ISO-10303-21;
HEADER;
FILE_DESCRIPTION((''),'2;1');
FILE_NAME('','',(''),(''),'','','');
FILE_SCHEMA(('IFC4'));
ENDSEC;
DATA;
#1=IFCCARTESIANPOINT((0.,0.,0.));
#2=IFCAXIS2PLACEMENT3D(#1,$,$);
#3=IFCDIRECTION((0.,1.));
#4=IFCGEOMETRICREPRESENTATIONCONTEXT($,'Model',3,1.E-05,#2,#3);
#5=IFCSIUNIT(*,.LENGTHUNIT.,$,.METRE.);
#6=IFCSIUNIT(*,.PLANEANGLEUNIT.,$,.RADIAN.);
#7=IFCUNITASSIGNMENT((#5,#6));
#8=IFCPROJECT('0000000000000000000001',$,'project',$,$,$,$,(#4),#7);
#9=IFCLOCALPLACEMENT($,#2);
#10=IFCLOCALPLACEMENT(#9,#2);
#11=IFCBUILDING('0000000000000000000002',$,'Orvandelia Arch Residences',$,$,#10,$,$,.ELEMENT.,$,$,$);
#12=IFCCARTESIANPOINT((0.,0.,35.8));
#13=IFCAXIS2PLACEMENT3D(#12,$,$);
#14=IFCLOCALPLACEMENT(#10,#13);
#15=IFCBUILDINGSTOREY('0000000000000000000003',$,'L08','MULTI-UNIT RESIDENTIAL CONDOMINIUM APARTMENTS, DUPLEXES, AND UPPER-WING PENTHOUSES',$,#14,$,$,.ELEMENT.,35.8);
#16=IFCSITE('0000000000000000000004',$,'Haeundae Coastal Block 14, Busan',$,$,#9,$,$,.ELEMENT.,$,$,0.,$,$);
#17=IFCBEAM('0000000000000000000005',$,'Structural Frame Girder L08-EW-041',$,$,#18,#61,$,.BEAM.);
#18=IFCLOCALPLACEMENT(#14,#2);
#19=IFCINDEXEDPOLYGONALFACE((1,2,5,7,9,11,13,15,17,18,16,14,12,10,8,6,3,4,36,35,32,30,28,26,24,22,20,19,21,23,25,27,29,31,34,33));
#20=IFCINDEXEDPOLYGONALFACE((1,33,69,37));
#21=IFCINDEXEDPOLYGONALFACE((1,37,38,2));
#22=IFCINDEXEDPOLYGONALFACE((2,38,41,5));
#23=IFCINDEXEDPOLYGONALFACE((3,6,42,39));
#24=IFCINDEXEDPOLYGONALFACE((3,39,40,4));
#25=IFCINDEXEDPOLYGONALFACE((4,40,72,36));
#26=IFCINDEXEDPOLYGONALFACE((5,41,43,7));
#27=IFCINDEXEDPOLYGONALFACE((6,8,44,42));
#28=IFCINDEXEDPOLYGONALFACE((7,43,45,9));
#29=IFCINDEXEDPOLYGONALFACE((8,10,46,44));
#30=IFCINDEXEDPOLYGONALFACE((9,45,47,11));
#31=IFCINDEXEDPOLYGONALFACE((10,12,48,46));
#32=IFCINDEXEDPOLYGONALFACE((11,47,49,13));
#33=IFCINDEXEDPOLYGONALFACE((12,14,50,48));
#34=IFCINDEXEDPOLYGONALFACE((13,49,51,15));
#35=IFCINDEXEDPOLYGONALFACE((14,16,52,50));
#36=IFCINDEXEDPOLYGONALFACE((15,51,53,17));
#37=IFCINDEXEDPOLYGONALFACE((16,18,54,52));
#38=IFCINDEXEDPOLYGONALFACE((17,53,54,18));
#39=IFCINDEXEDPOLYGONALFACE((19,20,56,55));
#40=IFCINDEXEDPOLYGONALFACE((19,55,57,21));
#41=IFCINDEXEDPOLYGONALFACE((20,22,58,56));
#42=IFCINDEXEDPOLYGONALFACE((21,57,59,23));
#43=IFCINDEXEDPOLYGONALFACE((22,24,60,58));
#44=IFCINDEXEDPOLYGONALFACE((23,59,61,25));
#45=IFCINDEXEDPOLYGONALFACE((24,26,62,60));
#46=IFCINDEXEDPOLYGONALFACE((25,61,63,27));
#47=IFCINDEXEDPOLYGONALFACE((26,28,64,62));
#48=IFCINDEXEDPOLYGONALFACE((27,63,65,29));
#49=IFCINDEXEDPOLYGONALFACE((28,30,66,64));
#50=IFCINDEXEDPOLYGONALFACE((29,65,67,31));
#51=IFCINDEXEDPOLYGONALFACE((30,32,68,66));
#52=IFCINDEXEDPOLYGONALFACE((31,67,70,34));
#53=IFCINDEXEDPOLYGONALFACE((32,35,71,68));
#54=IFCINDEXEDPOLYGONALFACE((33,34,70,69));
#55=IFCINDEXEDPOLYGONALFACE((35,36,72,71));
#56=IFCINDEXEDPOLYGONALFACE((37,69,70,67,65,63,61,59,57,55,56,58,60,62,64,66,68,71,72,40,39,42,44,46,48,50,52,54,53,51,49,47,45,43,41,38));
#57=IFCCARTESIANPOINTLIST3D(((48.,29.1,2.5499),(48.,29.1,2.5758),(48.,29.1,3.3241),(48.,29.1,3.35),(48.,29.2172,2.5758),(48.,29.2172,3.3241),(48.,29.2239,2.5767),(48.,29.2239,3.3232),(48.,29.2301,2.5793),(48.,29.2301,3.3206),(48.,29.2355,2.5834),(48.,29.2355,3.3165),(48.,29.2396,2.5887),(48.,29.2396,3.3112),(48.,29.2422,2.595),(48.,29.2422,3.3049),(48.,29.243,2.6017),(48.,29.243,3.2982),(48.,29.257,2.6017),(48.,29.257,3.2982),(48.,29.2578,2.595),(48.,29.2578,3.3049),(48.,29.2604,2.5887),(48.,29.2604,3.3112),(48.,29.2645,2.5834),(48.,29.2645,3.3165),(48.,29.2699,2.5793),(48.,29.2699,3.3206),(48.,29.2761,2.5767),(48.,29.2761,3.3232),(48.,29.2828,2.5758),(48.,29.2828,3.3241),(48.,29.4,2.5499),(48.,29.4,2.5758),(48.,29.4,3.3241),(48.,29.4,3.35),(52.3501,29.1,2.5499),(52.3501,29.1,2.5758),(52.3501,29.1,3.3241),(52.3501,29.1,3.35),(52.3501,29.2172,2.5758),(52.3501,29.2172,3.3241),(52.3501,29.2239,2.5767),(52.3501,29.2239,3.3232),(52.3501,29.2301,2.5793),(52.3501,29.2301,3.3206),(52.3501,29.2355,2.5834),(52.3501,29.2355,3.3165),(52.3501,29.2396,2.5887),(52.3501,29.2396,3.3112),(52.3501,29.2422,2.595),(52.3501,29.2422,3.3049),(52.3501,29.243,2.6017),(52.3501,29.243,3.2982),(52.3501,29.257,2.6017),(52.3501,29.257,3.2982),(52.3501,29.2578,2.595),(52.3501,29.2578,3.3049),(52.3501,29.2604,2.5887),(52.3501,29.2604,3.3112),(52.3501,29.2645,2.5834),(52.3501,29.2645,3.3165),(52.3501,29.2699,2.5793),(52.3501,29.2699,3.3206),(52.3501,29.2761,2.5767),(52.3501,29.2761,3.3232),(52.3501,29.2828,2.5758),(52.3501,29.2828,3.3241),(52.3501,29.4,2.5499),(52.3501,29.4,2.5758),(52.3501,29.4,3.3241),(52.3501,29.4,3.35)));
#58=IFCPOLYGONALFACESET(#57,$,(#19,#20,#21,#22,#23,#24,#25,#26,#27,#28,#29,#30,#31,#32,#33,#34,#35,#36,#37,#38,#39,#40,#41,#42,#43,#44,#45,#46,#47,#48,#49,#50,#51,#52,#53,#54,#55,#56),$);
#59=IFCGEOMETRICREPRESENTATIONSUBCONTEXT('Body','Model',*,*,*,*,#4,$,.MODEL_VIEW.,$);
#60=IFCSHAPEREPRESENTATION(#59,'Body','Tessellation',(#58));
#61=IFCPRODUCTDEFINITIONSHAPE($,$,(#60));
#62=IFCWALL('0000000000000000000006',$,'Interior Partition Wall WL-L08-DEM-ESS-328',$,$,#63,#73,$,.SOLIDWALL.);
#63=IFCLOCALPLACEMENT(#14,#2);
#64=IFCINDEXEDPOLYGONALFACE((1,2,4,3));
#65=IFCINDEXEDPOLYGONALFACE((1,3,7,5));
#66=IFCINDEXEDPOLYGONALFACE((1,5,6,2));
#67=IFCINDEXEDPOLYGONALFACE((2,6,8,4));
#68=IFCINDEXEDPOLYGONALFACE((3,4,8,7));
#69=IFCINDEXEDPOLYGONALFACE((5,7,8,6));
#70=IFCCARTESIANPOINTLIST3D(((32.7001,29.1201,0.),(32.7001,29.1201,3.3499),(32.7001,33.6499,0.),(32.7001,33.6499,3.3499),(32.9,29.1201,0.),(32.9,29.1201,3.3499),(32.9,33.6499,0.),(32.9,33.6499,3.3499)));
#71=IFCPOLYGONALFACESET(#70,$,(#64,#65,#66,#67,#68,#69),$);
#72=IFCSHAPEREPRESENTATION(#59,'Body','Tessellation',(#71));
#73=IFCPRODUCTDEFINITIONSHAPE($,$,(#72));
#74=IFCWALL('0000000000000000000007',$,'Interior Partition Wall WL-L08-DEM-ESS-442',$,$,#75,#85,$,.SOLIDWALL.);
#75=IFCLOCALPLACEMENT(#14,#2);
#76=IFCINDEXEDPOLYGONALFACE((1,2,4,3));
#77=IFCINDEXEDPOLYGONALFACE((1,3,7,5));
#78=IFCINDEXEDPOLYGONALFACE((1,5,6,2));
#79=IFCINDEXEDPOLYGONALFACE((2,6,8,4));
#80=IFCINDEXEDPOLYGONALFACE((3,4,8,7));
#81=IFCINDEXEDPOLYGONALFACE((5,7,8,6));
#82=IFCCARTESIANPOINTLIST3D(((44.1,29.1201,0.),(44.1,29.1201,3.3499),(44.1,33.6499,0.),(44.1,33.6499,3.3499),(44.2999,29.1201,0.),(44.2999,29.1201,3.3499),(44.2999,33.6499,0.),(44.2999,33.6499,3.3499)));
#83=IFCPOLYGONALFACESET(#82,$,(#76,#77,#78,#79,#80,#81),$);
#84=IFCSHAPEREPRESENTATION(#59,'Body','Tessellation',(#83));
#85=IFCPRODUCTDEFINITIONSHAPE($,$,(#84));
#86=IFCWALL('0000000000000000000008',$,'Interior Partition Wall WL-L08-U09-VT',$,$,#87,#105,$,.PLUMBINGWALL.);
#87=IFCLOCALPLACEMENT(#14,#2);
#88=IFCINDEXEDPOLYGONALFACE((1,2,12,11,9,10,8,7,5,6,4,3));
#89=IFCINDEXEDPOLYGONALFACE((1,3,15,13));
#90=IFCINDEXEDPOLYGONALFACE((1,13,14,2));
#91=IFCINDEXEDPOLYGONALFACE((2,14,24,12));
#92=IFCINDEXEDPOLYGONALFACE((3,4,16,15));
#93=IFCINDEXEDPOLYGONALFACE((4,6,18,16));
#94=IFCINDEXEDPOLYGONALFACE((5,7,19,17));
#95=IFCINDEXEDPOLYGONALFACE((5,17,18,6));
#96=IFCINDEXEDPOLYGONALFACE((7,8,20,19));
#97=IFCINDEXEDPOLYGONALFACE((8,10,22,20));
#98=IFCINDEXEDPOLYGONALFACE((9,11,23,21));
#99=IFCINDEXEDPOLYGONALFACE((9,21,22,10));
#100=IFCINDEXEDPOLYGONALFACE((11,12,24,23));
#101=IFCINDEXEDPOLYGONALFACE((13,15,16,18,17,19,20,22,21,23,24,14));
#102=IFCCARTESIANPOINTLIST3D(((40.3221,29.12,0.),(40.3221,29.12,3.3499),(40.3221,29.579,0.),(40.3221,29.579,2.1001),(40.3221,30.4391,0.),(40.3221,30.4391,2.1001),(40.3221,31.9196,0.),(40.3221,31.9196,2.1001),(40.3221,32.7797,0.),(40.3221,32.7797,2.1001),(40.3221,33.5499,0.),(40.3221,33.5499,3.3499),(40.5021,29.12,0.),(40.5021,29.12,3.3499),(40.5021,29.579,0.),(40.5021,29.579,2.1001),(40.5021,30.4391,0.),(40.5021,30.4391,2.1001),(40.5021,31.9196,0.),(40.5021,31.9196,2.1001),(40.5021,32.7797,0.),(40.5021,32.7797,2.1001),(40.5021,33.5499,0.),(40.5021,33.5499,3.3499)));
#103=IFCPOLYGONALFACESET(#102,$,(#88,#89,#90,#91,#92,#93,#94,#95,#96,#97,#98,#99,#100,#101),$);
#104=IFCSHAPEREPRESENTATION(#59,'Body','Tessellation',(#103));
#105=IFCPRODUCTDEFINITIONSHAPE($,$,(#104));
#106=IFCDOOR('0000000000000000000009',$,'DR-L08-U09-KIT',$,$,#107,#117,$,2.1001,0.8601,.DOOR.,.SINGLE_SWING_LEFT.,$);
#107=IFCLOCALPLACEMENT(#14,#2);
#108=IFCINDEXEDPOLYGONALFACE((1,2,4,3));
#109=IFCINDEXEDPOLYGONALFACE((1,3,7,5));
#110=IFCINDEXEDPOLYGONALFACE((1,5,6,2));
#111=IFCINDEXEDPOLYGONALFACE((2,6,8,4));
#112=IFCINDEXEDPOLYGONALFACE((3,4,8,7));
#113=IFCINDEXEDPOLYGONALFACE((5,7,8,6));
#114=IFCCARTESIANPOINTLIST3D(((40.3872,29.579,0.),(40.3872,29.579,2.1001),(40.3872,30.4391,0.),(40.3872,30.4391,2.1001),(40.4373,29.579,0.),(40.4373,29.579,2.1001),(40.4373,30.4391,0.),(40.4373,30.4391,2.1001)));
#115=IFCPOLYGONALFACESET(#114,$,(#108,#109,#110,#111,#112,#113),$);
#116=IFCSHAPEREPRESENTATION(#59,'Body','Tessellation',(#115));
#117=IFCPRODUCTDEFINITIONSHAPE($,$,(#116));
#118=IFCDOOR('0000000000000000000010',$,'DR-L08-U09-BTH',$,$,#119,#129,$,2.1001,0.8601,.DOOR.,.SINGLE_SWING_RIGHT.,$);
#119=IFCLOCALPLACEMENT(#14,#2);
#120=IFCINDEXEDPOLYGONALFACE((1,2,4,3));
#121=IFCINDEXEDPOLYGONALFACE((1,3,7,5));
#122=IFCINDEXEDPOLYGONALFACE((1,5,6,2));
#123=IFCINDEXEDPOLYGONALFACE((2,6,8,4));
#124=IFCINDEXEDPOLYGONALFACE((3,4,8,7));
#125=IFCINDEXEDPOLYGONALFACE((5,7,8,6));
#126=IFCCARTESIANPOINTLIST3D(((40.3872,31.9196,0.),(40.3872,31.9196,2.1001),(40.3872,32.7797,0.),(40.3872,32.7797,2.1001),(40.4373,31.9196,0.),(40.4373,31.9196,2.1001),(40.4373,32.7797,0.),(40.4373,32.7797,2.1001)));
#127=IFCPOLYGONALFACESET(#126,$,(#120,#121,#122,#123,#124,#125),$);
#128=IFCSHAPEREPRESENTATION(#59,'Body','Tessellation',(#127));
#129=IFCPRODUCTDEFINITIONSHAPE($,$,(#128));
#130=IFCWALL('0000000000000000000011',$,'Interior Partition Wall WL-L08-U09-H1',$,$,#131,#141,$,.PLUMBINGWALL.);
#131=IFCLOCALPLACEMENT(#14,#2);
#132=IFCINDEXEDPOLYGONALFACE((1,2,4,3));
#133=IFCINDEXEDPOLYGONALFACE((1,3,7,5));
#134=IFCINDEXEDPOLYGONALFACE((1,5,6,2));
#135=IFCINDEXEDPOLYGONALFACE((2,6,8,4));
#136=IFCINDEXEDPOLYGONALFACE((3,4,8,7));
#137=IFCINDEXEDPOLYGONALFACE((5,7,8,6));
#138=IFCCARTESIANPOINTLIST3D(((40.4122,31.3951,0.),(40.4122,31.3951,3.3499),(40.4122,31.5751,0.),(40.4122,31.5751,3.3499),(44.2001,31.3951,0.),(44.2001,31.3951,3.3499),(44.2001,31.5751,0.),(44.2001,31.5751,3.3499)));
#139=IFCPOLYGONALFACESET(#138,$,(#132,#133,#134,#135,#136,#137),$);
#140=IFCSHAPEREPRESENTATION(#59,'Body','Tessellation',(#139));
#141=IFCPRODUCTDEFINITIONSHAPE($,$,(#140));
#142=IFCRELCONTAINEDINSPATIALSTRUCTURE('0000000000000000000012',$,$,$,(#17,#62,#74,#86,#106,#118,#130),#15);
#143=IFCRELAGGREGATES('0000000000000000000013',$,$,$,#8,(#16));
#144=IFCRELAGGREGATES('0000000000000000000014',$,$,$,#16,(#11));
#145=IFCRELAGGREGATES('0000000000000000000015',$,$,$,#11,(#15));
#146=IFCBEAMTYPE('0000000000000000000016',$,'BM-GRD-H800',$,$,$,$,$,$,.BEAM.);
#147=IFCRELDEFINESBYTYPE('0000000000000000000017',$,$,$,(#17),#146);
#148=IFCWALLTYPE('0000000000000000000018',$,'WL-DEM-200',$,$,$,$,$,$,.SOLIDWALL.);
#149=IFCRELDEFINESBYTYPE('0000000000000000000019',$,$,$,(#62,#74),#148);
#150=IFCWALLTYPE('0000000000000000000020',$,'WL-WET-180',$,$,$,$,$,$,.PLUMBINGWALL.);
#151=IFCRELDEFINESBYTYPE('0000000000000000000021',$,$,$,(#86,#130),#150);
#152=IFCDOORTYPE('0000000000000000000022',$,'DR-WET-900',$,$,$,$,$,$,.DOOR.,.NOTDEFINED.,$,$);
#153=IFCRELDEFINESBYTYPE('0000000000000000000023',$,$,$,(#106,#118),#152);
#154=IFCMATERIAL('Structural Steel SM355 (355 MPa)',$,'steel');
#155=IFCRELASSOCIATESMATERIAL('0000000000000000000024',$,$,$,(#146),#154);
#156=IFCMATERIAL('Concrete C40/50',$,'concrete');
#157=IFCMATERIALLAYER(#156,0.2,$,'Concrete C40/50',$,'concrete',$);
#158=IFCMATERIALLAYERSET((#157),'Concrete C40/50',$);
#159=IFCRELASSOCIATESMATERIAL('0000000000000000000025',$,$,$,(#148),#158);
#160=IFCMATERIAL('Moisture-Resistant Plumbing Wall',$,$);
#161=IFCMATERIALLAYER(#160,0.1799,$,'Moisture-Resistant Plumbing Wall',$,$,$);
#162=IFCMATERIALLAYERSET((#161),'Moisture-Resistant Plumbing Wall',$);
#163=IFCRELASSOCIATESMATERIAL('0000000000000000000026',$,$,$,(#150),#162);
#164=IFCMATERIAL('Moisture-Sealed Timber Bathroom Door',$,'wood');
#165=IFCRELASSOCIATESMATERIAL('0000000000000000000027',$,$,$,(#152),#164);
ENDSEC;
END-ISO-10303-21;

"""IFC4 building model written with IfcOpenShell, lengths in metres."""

from ifc_helpers import new_model, si_unit, direction, frame, frame_2d, origin, origin_2d, place, context, subcontext, project, spatial, rectangle, i_section, extrude, material, layer, layer_set, material_profile, profile_set, type_object, element, fill, save


model = new_model("IFC4")

# Units and contexts
model_context = context("Model", 3, precision=1e-05, world=origin(), true_north=direction((0.0, 1.0)))
body_context = subcontext(model_context, "Body", "Model", "MODEL_VIEW")
ifc_project = project(units=[si_unit("LENGTHUNIT", "METRE"), si_unit("PLANEANGLEUNIT", "RADIAN")], contexts=[model_context])

# Site, building, storey
site_placement = place(None, origin())
site = spatial("IfcSite", under=ifc_project, at=site_placement, Name="Haeundae Coastal Block 14, Busan", CompositionType="ELEMENT", RefElevation=0.0)
building_placement = place(site_placement, origin())
building = spatial("IfcBuilding", under=site, at=building_placement, Name="Orvandelia Arch Residences", CompositionType="ELEMENT")
storey_placement = place(building_placement, frame((0.0, 0.0, 35.8)))
storey = spatial("IfcBuildingStorey", under=building, at=storey_placement, Name="L08", Description="MULTI-UNIT RESIDENTIAL CONDOMINIUM APARTMENTS, DUPLEXES, AND UPPER-WING PENTHOUSES", CompositionType="ELEMENT", Elevation=35.8)

# Beam
ifc_material_1 = material(Name="Structural Steel SM355 (355 MPa)", Category="steel")
ifc_material_profile_1 = material_profile(ifc_material_1, i_section(OverallWidth=0.3, OverallDepth=0.8, WebThickness=0.0139, FlangeThickness=0.0259, FilletRadius=0.0259, at=origin_2d()), Name="Structural Steel SM355 (355 MPa)", Category="steel")
ifc_profile_set_1 = profile_set([ifc_material_profile_1], Name="Structural Steel SM355 (355 MPa)")
beam_type = type_object("IfcBeamType", Name="BM-GRD-H800", PredefinedType="BEAM", material=ifc_profile_set_1)
beam_1_placement = place(storey_placement, frame((48.0, 29.25, 2.95), z_axis=(1.0, 0.0, 0.0), x_axis=(0.0, 1.0, 0.0)))
element("IfcBeam", 1, at=beam_1_placement, inside=storey, type_object=beam_type, Name="Structural Frame Girder L08-EW-041", PredefinedType="BEAM", context=body_context, shape_type="SweptSolid", body=[
    extrude(i_section(OverallWidth=0.3, OverallDepth=0.8, WebThickness=0.0139, FlangeThickness=0.0259, FilletRadius=0.0259, at=origin_2d()), origin(), (0.0, 0.0, 1.0), 4.3501),
])

# Walls
ifc_material_2 = material(Name="Concrete C40/50", Category="concrete")
ifc_layer_1 = layer(ifc_material_2, 0.2, Name="Concrete C40/50", Category="concrete")
ifc_layer_set_1 = layer_set([ifc_layer_1], Name="Concrete C40/50")
wall_type_1 = type_object("IfcWallType", Name="WL-DEM-200", PredefinedType="SOLIDWALL", material=ifc_layer_set_1)
for number, where, z_axis, x_axis, name in (
    (2, (32.8, 29.1201, 0.0), (0.0, 0.0, 1.0), (0.0, 1.0, 0.0), "Interior Partition Wall WL-L08-DEM-ESS-328"),
    (3, (44.2, 29.1201, 0.0), (0.0, 0.0, 1.0), (0.0, 1.0, 0.0), "Interior Partition Wall WL-L08-DEM-ESS-442"),
):
    element("IfcWall", number, at=place(storey_placement, frame(where, z_axis=z_axis, x_axis=x_axis)), inside=storey, type_object=wall_type_1, Name=name, PredefinedType="SOLIDWALL", context=body_context, shape_type="SweptSolid", body=[
        extrude(rectangle(XDim=4.5298, YDim=0.2, at=frame_2d((2.2649, 0.0))), origin(), (0.0, 0.0, 1.0), 3.3499),
    ])

# Wall, openings, doors
ifc_material_3 = material(Name="Moisture-Resistant Plumbing Wall")
ifc_layer_2 = layer(ifc_material_3, 0.1799, Name="Moisture-Resistant Plumbing Wall")
ifc_layer_set_2 = layer_set([ifc_layer_2], Name="Moisture-Resistant Plumbing Wall")
wall_type_2 = type_object("IfcWallType", Name="WL-WET-180", PredefinedType="PLUMBINGWALL", material=ifc_layer_set_2)
wall_1_placement = place(storey_placement, frame((40.4121, 29.1201, 0.0), z_axis=(0.0, 0.0, 1.0), x_axis=(0.0, 1.0, 0.0)))
wall_1 = element("IfcWall", 4, at=wall_1_placement, inside=storey, type_object=wall_type_2, Name="Interior Partition Wall WL-L08-U09-VT", PredefinedType="PLUMBINGWALL", context=body_context, shape_type="SweptSolid", body=[
    extrude(rectangle(XDim=4.4299, YDim=0.1799, at=frame_2d((2.2148, 0.0))), origin(), (0.0, 0.0, 1.0), 3.3499),
])
opening_1_placement = place(wall_1_placement, frame((0.4587, 0.0, 0.0)))
opening_1 = element("IfcOpeningElement", 5, at=opening_1_placement, cuts=wall_1, PredefinedType="OPENING", context=body_context, shape_type="SweptSolid", body=[
    extrude(rectangle(XDim=0.8601, YDim=2.1001, at=frame_2d((0.4302, 1.05))), frame((0.0, 0.1001, 0.0), z_axis=(0.0, -1.0, 0.0), x_axis=(1.0, 0.0, 0.0)), (0.0, 0.0, 1.0), 0.2),
])
opening_2_placement = place(wall_1_placement, frame((2.7993, 0.0, 0.0)))
opening_2 = element("IfcOpeningElement", 6, at=opening_2_placement, cuts=wall_1, PredefinedType="OPENING", context=body_context, shape_type="SweptSolid", body=[
    extrude(rectangle(XDim=0.8601, YDim=2.1001, at=frame_2d((0.4302, 1.05))), frame((0.0, 0.1001, 0.0), z_axis=(0.0, -1.0, 0.0), x_axis=(1.0, 0.0, 0.0)), (0.0, 0.0, 1.0), 0.2),
])
ifc_material_4 = material(Name="Moisture-Sealed Timber Bathroom Door", Category="wood")
door_type = type_object("IfcDoorType", Name="DR-WET-900", OperationType="NOTDEFINED", PredefinedType="DOOR", material=ifc_material_4)
door_1_placement = place(opening_1_placement, origin())
door_1 = element("IfcDoor", 7, at=door_1_placement, inside=storey, type_object=door_type, Name="DR-L08-U09-KIT", OperationType="SINGLE_SWING_LEFT", OverallHeight=2.1001, OverallWidth=0.8601, PredefinedType="DOOR", context=body_context, shape_type="SweptSolid", body=[
    extrude(rectangle(XDim=0.8601, YDim=2.1001, at=frame_2d((0.4302, 1.05))), frame((0.0, 0.0249, 0.0), z_axis=(0.0, -1.0, 0.0), x_axis=(1.0, 0.0, 0.0)), (0.0, 0.0, 1.0), 0.05),
])
fill(opening_1, door_1)
door_2_placement = place(opening_2_placement, origin())
door_2 = element("IfcDoor", 8, at=door_2_placement, inside=storey, type_object=door_type, Name="DR-L08-U09-BTH", OperationType="SINGLE_SWING_RIGHT", OverallHeight=2.1001, OverallWidth=0.8601, PredefinedType="DOOR", context=body_context, shape_type="SweptSolid", body=[
    extrude(rectangle(XDim=0.8601, YDim=2.1001, at=frame_2d((0.4302, 1.05))), frame((0.0, 0.0249, 0.0), z_axis=(0.0, -1.0, 0.0), x_axis=(1.0, 0.0, 0.0)), (0.0, 0.0, 1.0), 0.05),
])
fill(opening_2, door_2)

# Wall
wall_2_placement = place(storey_placement, frame((40.4121, 31.4851, 0.0), z_axis=(0.0, 0.0, 1.0), x_axis=(1.0, 0.0, 0.0)))
element("IfcWall", 9, at=wall_2_placement, inside=storey, type_object=wall_type_2, Name="Interior Partition Wall WL-L08-U09-H1", PredefinedType="PLUMBINGWALL", context=body_context, shape_type="SweptSolid", body=[
    extrude(rectangle(XDim=3.7878, YDim=0.1799, at=frame_2d((1.894, 0.0))), origin(), (0.0, 0.0, 1.0), 3.3499),
])

save(model, "model.ifc")
